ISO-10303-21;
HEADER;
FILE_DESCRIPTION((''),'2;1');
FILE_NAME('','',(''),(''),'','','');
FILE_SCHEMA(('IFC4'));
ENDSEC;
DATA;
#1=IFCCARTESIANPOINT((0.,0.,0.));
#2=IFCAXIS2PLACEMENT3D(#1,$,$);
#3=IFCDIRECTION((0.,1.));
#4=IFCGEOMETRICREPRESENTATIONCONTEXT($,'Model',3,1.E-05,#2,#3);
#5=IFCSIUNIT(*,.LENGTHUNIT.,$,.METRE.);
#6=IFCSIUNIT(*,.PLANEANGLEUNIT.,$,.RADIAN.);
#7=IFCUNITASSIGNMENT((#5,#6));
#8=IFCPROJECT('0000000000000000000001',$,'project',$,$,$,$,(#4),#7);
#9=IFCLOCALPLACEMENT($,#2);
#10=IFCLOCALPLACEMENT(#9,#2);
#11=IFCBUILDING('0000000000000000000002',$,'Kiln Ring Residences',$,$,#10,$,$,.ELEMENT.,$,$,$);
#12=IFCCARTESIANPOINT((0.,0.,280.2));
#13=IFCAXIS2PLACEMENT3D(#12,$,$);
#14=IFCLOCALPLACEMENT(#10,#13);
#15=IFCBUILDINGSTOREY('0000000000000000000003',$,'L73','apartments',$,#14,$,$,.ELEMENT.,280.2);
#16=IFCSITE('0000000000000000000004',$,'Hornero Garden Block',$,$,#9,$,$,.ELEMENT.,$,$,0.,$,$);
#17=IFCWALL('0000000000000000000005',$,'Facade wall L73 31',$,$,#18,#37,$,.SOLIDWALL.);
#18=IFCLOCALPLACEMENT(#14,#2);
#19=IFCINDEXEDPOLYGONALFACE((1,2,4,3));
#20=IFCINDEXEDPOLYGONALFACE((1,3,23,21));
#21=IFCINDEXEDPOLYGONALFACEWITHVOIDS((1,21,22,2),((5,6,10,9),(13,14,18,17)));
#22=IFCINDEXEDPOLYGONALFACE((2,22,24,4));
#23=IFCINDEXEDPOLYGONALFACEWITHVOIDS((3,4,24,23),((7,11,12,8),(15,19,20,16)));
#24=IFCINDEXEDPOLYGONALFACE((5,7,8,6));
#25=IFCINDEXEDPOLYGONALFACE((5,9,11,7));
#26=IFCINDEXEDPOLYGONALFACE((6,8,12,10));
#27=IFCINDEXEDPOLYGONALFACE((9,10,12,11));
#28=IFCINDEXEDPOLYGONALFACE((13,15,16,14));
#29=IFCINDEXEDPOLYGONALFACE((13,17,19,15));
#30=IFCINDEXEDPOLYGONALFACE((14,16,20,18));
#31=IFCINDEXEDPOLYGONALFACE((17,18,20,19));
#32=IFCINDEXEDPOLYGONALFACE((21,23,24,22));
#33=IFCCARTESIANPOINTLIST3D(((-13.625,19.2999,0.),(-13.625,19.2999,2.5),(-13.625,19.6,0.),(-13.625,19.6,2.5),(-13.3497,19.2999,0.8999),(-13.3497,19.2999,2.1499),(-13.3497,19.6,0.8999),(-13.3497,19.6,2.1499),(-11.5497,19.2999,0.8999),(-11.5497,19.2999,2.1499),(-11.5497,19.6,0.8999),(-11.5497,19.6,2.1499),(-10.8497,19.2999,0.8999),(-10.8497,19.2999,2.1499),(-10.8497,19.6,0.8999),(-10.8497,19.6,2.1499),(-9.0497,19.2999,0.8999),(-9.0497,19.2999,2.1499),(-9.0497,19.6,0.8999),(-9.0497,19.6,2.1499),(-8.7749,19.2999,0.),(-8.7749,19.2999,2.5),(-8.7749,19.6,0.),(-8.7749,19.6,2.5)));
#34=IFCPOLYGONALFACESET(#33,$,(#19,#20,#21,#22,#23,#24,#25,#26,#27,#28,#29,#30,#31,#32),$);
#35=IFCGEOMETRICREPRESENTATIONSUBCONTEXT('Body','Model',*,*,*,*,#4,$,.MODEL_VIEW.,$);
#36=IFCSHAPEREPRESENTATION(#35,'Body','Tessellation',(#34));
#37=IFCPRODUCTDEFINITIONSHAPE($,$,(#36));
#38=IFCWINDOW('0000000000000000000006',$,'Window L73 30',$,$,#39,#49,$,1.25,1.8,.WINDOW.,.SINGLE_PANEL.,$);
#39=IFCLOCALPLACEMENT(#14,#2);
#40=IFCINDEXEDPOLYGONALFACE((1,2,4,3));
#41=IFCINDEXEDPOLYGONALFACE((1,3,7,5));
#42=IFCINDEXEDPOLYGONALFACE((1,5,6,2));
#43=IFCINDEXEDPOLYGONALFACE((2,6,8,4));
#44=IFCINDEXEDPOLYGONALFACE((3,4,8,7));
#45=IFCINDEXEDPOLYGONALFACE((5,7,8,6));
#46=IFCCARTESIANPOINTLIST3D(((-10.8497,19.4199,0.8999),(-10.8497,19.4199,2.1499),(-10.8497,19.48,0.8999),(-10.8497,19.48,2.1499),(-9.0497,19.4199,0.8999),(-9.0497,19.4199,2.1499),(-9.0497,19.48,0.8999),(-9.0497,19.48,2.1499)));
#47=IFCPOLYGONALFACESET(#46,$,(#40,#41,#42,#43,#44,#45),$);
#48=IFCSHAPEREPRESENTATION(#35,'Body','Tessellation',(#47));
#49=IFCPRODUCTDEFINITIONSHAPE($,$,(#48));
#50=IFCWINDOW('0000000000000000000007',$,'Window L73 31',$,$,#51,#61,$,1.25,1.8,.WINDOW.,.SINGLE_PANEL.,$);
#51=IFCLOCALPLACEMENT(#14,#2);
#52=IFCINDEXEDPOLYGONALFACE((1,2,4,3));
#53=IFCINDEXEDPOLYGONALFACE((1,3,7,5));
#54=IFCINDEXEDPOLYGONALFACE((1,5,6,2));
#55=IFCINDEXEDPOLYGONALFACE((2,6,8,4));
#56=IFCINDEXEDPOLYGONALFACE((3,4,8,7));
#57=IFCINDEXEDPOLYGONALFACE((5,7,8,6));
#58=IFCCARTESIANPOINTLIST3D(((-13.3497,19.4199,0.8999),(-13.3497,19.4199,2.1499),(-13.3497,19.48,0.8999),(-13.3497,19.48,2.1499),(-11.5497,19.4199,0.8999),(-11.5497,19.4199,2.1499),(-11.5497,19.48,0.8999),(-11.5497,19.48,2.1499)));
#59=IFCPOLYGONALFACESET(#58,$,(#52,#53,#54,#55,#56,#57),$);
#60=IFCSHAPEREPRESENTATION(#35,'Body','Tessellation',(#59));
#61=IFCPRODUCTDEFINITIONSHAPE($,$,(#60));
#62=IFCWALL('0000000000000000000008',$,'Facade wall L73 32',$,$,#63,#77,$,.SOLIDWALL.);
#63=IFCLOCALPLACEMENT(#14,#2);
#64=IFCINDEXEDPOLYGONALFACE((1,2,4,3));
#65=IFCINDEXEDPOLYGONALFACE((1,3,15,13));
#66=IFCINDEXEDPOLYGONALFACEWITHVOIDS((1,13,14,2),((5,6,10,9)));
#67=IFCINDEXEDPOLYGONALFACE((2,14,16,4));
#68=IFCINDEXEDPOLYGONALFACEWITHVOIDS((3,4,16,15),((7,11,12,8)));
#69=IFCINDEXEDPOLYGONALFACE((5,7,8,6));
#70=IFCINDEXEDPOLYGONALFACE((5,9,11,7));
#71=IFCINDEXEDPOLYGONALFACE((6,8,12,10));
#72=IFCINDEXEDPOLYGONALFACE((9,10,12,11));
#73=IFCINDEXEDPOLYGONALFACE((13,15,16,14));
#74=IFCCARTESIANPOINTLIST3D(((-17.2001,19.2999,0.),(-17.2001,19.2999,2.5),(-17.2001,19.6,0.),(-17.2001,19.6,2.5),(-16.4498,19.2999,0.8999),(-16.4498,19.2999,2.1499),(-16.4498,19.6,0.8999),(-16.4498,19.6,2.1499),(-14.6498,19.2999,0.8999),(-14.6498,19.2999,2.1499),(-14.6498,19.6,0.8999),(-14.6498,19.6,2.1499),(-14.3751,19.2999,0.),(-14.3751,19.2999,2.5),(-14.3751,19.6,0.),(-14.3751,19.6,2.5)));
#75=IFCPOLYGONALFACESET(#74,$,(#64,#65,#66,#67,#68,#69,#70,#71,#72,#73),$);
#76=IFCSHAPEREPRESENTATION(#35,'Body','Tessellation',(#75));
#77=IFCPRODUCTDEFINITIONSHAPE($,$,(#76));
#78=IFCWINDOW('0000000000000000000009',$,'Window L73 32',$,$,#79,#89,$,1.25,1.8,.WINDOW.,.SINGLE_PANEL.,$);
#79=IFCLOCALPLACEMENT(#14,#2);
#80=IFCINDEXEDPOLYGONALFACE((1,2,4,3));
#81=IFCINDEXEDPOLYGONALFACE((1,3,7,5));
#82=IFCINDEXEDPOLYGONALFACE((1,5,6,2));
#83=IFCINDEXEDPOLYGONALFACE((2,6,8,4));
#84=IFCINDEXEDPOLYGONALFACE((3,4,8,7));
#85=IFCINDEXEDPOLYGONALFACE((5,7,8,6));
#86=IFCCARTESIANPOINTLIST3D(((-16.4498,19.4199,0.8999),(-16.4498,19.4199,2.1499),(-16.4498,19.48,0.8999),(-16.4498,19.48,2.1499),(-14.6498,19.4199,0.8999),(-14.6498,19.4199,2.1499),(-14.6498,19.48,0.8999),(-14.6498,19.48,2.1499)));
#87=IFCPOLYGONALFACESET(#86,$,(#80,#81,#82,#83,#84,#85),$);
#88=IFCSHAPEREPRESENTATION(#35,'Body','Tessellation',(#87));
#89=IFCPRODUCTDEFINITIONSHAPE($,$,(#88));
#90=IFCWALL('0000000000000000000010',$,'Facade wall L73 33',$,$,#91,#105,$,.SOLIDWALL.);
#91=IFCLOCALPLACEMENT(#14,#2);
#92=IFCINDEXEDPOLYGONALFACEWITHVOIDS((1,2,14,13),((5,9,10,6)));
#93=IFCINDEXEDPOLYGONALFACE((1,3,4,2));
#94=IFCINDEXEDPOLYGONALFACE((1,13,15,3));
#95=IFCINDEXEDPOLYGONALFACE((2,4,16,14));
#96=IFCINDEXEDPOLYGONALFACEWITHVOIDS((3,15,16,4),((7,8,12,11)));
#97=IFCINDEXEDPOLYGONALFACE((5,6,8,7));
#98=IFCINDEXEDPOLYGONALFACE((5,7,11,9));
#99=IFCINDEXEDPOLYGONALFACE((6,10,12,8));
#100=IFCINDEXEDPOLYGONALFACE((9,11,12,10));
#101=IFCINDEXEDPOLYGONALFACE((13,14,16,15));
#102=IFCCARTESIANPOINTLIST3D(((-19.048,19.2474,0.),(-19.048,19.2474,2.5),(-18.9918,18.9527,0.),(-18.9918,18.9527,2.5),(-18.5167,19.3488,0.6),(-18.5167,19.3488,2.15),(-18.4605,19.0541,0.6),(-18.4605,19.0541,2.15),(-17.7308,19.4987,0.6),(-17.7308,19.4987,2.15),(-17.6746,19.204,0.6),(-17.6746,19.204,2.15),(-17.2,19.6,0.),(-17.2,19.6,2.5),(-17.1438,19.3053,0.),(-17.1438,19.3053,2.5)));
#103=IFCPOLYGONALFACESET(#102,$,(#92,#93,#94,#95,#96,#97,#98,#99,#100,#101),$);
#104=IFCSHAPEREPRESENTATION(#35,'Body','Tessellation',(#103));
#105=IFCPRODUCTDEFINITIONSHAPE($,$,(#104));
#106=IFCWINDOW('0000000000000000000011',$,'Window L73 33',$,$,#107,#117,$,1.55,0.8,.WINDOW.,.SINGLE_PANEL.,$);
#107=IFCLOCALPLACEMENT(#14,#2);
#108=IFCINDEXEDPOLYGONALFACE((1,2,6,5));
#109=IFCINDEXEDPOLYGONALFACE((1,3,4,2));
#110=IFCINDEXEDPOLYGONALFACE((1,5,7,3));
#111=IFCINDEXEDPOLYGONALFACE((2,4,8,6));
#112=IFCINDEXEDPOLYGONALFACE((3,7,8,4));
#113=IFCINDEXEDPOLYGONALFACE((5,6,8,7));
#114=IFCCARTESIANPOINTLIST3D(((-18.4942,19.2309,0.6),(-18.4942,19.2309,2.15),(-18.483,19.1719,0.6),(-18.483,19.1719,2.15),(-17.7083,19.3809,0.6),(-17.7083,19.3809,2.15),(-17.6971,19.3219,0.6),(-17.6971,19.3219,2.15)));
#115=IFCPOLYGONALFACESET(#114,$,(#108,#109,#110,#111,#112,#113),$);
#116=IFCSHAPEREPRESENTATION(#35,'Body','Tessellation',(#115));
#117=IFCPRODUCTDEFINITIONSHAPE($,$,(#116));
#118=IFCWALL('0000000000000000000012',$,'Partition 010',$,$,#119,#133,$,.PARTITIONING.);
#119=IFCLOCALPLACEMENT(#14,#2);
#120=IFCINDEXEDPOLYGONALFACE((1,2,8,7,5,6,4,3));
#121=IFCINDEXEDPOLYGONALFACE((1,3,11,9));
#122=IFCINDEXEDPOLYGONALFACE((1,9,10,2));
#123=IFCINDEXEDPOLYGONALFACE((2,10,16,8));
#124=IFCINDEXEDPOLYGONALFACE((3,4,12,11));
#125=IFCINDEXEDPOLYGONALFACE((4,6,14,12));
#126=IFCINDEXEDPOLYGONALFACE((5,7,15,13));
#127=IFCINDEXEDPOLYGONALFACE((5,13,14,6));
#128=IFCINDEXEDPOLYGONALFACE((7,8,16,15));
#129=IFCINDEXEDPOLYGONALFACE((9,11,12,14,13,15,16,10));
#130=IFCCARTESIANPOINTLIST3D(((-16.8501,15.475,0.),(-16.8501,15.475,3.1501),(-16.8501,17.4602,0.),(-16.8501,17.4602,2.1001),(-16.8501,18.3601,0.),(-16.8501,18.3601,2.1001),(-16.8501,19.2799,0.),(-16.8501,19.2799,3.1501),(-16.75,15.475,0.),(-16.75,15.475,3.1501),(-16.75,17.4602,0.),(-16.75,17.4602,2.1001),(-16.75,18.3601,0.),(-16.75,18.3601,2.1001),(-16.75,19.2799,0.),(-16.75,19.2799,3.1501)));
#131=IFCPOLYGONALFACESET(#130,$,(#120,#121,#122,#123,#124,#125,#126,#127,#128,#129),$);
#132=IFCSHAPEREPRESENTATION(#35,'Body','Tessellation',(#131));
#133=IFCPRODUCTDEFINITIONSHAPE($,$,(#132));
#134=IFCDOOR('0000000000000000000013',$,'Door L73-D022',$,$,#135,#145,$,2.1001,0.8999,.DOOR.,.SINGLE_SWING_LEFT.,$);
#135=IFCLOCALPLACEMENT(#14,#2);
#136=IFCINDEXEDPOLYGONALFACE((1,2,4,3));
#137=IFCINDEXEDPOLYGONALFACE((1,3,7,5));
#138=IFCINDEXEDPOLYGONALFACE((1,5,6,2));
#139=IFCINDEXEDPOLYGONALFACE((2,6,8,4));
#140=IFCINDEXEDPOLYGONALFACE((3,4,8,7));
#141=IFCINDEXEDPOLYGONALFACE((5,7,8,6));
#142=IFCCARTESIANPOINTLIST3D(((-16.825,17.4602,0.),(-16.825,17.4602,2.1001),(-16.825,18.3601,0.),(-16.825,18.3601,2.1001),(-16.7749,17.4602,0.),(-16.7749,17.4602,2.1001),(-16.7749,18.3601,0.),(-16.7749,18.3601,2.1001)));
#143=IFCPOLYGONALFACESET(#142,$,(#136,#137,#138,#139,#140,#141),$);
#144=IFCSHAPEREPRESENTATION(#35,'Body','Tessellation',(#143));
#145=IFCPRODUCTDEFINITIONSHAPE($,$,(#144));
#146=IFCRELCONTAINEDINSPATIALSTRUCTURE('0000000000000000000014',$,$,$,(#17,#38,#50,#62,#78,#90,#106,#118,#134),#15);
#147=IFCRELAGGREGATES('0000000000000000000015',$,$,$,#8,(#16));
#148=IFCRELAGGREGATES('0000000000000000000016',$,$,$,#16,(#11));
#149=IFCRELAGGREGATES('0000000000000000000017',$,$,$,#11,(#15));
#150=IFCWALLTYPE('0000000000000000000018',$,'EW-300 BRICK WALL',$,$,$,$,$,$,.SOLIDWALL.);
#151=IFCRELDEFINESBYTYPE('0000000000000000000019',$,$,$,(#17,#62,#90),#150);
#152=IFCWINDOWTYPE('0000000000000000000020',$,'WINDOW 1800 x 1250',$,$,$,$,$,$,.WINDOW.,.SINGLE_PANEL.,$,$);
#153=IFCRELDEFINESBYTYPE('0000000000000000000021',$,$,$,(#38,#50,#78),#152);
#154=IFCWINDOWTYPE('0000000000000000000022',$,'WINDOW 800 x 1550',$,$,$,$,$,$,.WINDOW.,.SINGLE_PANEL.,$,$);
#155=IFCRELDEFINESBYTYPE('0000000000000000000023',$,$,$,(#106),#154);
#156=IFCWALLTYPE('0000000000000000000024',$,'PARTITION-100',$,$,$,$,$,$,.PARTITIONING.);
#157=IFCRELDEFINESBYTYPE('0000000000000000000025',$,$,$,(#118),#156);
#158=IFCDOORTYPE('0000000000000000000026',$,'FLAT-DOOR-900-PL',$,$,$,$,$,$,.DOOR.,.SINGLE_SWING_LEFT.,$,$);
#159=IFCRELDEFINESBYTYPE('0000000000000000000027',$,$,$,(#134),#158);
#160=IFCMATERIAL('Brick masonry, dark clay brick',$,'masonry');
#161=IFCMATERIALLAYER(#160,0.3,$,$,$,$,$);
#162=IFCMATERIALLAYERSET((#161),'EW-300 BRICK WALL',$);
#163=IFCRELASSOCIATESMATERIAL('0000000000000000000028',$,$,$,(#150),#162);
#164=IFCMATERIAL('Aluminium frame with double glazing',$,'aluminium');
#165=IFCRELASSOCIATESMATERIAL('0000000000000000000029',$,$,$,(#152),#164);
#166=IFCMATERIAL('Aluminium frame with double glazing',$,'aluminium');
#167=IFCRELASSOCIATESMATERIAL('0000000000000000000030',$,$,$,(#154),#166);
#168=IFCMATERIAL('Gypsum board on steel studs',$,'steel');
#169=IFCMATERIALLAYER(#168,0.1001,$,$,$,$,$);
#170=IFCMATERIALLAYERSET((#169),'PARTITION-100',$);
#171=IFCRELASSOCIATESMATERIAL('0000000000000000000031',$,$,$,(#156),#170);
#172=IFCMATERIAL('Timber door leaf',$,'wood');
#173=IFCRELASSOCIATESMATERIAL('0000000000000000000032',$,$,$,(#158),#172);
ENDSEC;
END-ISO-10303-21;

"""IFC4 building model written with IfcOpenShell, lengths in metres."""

from ifc_helpers import new_model, si_unit, direction, frame, frame_2d, origin, place, context, subcontext, project, spatial, rectangle, extrude, material, layer, layer_set, type_object, element, fill, save


model = new_model("IFC4")

# Units and contexts
model_context = context("Model", 3, precision=1e-05, world=origin(), true_north=direction((0.0, 1.0)))
body_context = subcontext(model_context, "Body", "Model", "MODEL_VIEW")
ifc_project = project(units=[si_unit("LENGTHUNIT", "METRE"), si_unit("PLANEANGLEUNIT", "RADIAN")], contexts=[model_context])

# Site, building, storey
site_placement = place(None, origin())
site = spatial("IfcSite", under=ifc_project, at=site_placement, Name="Hornero Garden Block", CompositionType="ELEMENT", RefElevation=0.0)
building_placement = place(site_placement, origin())
building = spatial("IfcBuilding", under=site, at=building_placement, Name="Kiln Ring Residences", CompositionType="ELEMENT")
storey_placement = place(building_placement, frame((0.0, 0.0, 280.2)))
storey = spatial("IfcBuildingStorey", under=building, at=storey_placement, Name="L73", Description="apartments", CompositionType="ELEMENT", Elevation=280.2)

# Wall, openings, windows
ifc_material_1 = material(Name="Brick masonry, dark clay brick", Category="masonry")
ifc_layer_1 = layer(ifc_material_1, 0.3)
ifc_layer_set_1 = layer_set([ifc_layer_1], Name="EW-300 BRICK WALL")
wall_type_1 = type_object("IfcWallType", Name="EW-300 BRICK WALL", PredefinedType="SOLIDWALL", material=ifc_layer_set_1)
wall_1_placement = place(storey_placement, frame((-8.7749, 19.45, 0.0), z_axis=(0.0, 0.0, 1.0), x_axis=(-1.0, 0.0, 0.0)))
wall_1 = element("IfcWall", 1, at=wall_1_placement, inside=storey, type_object=wall_type_1, Name="Facade wall L73 31", PredefinedType="SOLIDWALL", context=body_context, shape_type="SweptSolid", body=[
    extrude(rectangle(XDim=4.8501, YDim=0.3, at=frame_2d((2.425, 0.0))), origin(), (0.0, 0.0, 1.0), 2.5),
])
opening_1_placement = place(wall_1_placement, frame((0.2749, 0.0, 0.8999)))
opening_1 = element("IfcOpeningElement", 2, at=opening_1_placement, cuts=wall_1, PredefinedType="OPENING", context=body_context, shape_type="SweptSolid", body=[
    extrude(rectangle(XDim=1.8, YDim=1.25, at=frame_2d((0.8999, 0.625))), frame((0.0, 0.1599, 0.0), z_axis=(0.0, -1.0, 0.0), x_axis=(1.0, 0.0, 0.0)), (0.0, 0.0, 1.0), 0.3201),
])
opening_2_placement = place(wall_1_placement, frame((2.7749, 0.0, 0.8999)))
opening_2 = element("IfcOpeningElement", 3, at=opening_2_placement, cuts=wall_1, PredefinedType="OPENING", context=body_context, shape_type="SweptSolid", body=[
    extrude(rectangle(XDim=1.8, YDim=1.25, at=frame_2d((0.8999, 0.625))), frame((0.0, 0.1599, 0.0), z_axis=(0.0, -1.0, 0.0), x_axis=(1.0, 0.0, 0.0)), (0.0, 0.0, 1.0), 0.3201),
])
ifc_material_2 = material(Name="Aluminium frame with double glazing", Category="aluminium")
window_type_1 = type_object("IfcWindowType", Name="WINDOW 1800 x 1250", PartitioningType="SINGLE_PANEL", PredefinedType="WINDOW", material=ifc_material_2)
window_1_placement = place(opening_1_placement, origin())
window_1 = element("IfcWindow", 4, at=window_1_placement, inside=storey, type_object=window_type_1, Name="Window L73 30", OverallHeight=1.25, OverallWidth=1.8, PartitioningType="SINGLE_PANEL", PredefinedType="WINDOW", context=body_context, shape_type="SweptSolid", body=[
    extrude(rectangle(XDim=1.8, YDim=1.25, at=frame_2d((0.8999, 0.625))), frame((0.0, 0.03, 0.0), z_axis=(0.0, -1.0, 0.0), x_axis=(1.0, 0.0, 0.0)), (0.0, 0.0, 1.0), 0.0601),
])
fill(opening_1, window_1)
window_2_placement = place(opening_2_placement, origin())
window_2 = element("IfcWindow", 5, at=window_2_placement, inside=storey, type_object=window_type_1, Name="Window L73 31", OverallHeight=1.25, OverallWidth=1.8, PartitioningType="SINGLE_PANEL", PredefinedType="WINDOW", context=body_context, shape_type="SweptSolid", body=[
    extrude(rectangle(XDim=1.8, YDim=1.25, at=frame_2d((0.8999, 0.625))), frame((0.0, 0.03, 0.0), z_axis=(0.0, -1.0, 0.0), x_axis=(1.0, 0.0, 0.0)), (0.0, 0.0, 1.0), 0.0601),
])
fill(opening_2, window_2)

# Walls, openings, windows
wall_2_placement = place(storey_placement, frame((-14.375, 19.45, 0.0), z_axis=(0.0, 0.0, 1.0), x_axis=(-1.0, 0.0, 0.0)))
wall_2 = element("IfcWall", 6, at=wall_2_placement, inside=storey, type_object=wall_type_1, Name="Facade wall L73 32", PredefinedType="SOLIDWALL", context=body_context, shape_type="SweptSolid", body=[
    extrude(rectangle(XDim=2.825, YDim=0.3, at=frame_2d((1.4126, 0.0))), origin(), (0.0, 0.0, 1.0), 2.5),
])
opening_3_placement = place(wall_2_placement, frame((0.2749, 0.0, 0.8999)))
opening_3 = element("IfcOpeningElement", 7, at=opening_3_placement, cuts=wall_2, PredefinedType="OPENING", context=body_context, shape_type="SweptSolid", body=[
    extrude(rectangle(XDim=1.8, YDim=1.25, at=frame_2d((0.8999, 0.625))), frame((0.0, 0.1599, 0.0), z_axis=(0.0, -1.0, 0.0), x_axis=(1.0, 0.0, 0.0)), (0.0, 0.0, 1.0), 0.3201),
])
window_3_placement = place(opening_3_placement, origin())
window_3 = element("IfcWindow", 8, at=window_3_placement, inside=storey, type_object=window_type_1, Name="Window L73 32", OverallHeight=1.25, OverallWidth=1.8, PartitioningType="SINGLE_PANEL", PredefinedType="WINDOW", context=body_context, shape_type="SweptSolid", body=[
    extrude(rectangle(XDim=1.8, YDim=1.25, at=frame_2d((0.8999, 0.625))), frame((0.0, 0.03, 0.0), z_axis=(0.0, -1.0, 0.0), x_axis=(1.0, 0.0, 0.0)), (0.0, 0.0, 1.0), 0.0601),
])
fill(opening_3, window_3)
wall_3_placement = place(storey_placement, frame((-17.1719, 19.4526, 0.0), z_axis=(0.0, 0.0, 1.0), x_axis=(-0.982284, -0.187398, 0.0)))
wall_3 = element("IfcWall", 9, at=wall_3_placement, inside=storey, type_object=wall_type_1, Name="Facade wall L73 33", PredefinedType="SOLIDWALL", context=body_context, shape_type="SweptSolid", body=[
    extrude(rectangle(XDim=1.8813, YDim=0.3, at=frame_2d((0.9407, 0.0))), origin(), (0.0, 0.0, 1.0), 2.5),
])
opening_4_placement = place(wall_3_placement, frame((0.5405, 0.0, 0.6001)))
opening_4 = element("IfcOpeningElement", 10, at=opening_4_placement, cuts=wall_3, PredefinedType="OPENING", context=body_context, shape_type="SweptSolid", body=[
    extrude(rectangle(XDim=0.8, YDim=1.55, at=frame_2d((0.3999, 0.7749))), frame((0.0, 0.1599, 0.0), z_axis=(0.0, -1.0, 0.0), x_axis=(1.0, 0.0, 0.0)), (0.0, 0.0, 1.0), 0.3201),
])
ifc_material_3 = material(Name="Aluminium frame with double glazing", Category="aluminium")
window_type_2 = type_object("IfcWindowType", Name="WINDOW 800 x 1550", PartitioningType="SINGLE_PANEL", PredefinedType="WINDOW", material=ifc_material_3)
window_4_placement = place(opening_4_placement, origin())
window_4 = element("IfcWindow", 11, at=window_4_placement, inside=storey, type_object=window_type_2, Name="Window L73 33", OverallHeight=1.55, OverallWidth=0.8, PartitioningType="SINGLE_PANEL", PredefinedType="WINDOW", context=body_context, shape_type="SweptSolid", body=[
    extrude(rectangle(XDim=0.8, YDim=1.55, at=frame_2d((0.3999, 0.7749))), frame((0.0, 0.03, 0.0), z_axis=(0.0, -1.0, 0.0), x_axis=(1.0, 0.0, 0.0)), (0.0, 0.0, 1.0), 0.0601),
])
fill(opening_4, window_4)

# Wall, opening, door
ifc_material_4 = material(Name="Gypsum board on steel studs", Category="steel")
ifc_layer_2 = layer(ifc_material_4, 0.1001)
ifc_layer_set_2 = layer_set([ifc_layer_2], Name="PARTITION-100")
wall_type_2 = type_object("IfcWallType", Name="PARTITION-100", PredefinedType="PARTITIONING", material=ifc_layer_set_2)
wall_4_placement = place(storey_placement, frame((-16.8, 15.4751, 0.0), z_axis=(0.0, 0.0, 1.0), x_axis=(0.0, 1.0, 0.0)))
wall_4 = element("IfcWall", 12, at=wall_4_placement, inside=storey, type_object=wall_type_2, Name="Partition 010", PredefinedType="PARTITIONING", context=body_context, shape_type="SweptSolid", body=[
    extrude(rectangle(XDim=3.8049, YDim=0.1001, at=frame_2d((1.9023, 0.0))), origin(), (0.0, 0.0, 1.0), 3.1501),
])
opening_5_placement = place(wall_4_placement, frame((1.9851, 0.0, 0.0)))
opening_5 = element("IfcOpeningElement", 13, at=opening_5_placement, cuts=wall_4, PredefinedType="OPENING", context=body_context, shape_type="SweptSolid", body=[
    extrude(rectangle(XDim=0.8999, YDim=2.1001, at=frame_2d((0.45, 1.05))), frame((0.0, 0.0601, 0.0), z_axis=(0.0, -1.0, 0.0), x_axis=(1.0, 0.0, 0.0)), (0.0, 0.0, 1.0), 0.1201),
])
ifc_material_5 = material(Name="Timber door leaf", Category="wood")
door_type_1 = type_object("IfcDoorType", Name="FLAT-DOOR-900-PL", OperationType="SINGLE_SWING_LEFT", PredefinedType="DOOR", material=ifc_material_5)
door_1_placement = place(opening_5_placement, origin())
door_1 = element("IfcDoor", 14, at=door_1_placement, inside=storey, type_object=door_type_1, Name="Door L73-D022", OperationType="SINGLE_SWING_LEFT", OverallHeight=2.1001, OverallWidth=0.8999, PredefinedType="DOOR", context=body_context, shape_type="SweptSolid", body=[
    extrude(rectangle(XDim=0.8999, YDim=2.1001, at=frame_2d((0.45, 1.05))), frame((0.0, 0.0249, 0.0), z_axis=(0.0, -1.0, 0.0), x_axis=(1.0, 0.0, 0.0)), (0.0, 0.0, 1.0), 0.05),
])
fill(opening_5, door_1)

save(model, "model.ifc")
